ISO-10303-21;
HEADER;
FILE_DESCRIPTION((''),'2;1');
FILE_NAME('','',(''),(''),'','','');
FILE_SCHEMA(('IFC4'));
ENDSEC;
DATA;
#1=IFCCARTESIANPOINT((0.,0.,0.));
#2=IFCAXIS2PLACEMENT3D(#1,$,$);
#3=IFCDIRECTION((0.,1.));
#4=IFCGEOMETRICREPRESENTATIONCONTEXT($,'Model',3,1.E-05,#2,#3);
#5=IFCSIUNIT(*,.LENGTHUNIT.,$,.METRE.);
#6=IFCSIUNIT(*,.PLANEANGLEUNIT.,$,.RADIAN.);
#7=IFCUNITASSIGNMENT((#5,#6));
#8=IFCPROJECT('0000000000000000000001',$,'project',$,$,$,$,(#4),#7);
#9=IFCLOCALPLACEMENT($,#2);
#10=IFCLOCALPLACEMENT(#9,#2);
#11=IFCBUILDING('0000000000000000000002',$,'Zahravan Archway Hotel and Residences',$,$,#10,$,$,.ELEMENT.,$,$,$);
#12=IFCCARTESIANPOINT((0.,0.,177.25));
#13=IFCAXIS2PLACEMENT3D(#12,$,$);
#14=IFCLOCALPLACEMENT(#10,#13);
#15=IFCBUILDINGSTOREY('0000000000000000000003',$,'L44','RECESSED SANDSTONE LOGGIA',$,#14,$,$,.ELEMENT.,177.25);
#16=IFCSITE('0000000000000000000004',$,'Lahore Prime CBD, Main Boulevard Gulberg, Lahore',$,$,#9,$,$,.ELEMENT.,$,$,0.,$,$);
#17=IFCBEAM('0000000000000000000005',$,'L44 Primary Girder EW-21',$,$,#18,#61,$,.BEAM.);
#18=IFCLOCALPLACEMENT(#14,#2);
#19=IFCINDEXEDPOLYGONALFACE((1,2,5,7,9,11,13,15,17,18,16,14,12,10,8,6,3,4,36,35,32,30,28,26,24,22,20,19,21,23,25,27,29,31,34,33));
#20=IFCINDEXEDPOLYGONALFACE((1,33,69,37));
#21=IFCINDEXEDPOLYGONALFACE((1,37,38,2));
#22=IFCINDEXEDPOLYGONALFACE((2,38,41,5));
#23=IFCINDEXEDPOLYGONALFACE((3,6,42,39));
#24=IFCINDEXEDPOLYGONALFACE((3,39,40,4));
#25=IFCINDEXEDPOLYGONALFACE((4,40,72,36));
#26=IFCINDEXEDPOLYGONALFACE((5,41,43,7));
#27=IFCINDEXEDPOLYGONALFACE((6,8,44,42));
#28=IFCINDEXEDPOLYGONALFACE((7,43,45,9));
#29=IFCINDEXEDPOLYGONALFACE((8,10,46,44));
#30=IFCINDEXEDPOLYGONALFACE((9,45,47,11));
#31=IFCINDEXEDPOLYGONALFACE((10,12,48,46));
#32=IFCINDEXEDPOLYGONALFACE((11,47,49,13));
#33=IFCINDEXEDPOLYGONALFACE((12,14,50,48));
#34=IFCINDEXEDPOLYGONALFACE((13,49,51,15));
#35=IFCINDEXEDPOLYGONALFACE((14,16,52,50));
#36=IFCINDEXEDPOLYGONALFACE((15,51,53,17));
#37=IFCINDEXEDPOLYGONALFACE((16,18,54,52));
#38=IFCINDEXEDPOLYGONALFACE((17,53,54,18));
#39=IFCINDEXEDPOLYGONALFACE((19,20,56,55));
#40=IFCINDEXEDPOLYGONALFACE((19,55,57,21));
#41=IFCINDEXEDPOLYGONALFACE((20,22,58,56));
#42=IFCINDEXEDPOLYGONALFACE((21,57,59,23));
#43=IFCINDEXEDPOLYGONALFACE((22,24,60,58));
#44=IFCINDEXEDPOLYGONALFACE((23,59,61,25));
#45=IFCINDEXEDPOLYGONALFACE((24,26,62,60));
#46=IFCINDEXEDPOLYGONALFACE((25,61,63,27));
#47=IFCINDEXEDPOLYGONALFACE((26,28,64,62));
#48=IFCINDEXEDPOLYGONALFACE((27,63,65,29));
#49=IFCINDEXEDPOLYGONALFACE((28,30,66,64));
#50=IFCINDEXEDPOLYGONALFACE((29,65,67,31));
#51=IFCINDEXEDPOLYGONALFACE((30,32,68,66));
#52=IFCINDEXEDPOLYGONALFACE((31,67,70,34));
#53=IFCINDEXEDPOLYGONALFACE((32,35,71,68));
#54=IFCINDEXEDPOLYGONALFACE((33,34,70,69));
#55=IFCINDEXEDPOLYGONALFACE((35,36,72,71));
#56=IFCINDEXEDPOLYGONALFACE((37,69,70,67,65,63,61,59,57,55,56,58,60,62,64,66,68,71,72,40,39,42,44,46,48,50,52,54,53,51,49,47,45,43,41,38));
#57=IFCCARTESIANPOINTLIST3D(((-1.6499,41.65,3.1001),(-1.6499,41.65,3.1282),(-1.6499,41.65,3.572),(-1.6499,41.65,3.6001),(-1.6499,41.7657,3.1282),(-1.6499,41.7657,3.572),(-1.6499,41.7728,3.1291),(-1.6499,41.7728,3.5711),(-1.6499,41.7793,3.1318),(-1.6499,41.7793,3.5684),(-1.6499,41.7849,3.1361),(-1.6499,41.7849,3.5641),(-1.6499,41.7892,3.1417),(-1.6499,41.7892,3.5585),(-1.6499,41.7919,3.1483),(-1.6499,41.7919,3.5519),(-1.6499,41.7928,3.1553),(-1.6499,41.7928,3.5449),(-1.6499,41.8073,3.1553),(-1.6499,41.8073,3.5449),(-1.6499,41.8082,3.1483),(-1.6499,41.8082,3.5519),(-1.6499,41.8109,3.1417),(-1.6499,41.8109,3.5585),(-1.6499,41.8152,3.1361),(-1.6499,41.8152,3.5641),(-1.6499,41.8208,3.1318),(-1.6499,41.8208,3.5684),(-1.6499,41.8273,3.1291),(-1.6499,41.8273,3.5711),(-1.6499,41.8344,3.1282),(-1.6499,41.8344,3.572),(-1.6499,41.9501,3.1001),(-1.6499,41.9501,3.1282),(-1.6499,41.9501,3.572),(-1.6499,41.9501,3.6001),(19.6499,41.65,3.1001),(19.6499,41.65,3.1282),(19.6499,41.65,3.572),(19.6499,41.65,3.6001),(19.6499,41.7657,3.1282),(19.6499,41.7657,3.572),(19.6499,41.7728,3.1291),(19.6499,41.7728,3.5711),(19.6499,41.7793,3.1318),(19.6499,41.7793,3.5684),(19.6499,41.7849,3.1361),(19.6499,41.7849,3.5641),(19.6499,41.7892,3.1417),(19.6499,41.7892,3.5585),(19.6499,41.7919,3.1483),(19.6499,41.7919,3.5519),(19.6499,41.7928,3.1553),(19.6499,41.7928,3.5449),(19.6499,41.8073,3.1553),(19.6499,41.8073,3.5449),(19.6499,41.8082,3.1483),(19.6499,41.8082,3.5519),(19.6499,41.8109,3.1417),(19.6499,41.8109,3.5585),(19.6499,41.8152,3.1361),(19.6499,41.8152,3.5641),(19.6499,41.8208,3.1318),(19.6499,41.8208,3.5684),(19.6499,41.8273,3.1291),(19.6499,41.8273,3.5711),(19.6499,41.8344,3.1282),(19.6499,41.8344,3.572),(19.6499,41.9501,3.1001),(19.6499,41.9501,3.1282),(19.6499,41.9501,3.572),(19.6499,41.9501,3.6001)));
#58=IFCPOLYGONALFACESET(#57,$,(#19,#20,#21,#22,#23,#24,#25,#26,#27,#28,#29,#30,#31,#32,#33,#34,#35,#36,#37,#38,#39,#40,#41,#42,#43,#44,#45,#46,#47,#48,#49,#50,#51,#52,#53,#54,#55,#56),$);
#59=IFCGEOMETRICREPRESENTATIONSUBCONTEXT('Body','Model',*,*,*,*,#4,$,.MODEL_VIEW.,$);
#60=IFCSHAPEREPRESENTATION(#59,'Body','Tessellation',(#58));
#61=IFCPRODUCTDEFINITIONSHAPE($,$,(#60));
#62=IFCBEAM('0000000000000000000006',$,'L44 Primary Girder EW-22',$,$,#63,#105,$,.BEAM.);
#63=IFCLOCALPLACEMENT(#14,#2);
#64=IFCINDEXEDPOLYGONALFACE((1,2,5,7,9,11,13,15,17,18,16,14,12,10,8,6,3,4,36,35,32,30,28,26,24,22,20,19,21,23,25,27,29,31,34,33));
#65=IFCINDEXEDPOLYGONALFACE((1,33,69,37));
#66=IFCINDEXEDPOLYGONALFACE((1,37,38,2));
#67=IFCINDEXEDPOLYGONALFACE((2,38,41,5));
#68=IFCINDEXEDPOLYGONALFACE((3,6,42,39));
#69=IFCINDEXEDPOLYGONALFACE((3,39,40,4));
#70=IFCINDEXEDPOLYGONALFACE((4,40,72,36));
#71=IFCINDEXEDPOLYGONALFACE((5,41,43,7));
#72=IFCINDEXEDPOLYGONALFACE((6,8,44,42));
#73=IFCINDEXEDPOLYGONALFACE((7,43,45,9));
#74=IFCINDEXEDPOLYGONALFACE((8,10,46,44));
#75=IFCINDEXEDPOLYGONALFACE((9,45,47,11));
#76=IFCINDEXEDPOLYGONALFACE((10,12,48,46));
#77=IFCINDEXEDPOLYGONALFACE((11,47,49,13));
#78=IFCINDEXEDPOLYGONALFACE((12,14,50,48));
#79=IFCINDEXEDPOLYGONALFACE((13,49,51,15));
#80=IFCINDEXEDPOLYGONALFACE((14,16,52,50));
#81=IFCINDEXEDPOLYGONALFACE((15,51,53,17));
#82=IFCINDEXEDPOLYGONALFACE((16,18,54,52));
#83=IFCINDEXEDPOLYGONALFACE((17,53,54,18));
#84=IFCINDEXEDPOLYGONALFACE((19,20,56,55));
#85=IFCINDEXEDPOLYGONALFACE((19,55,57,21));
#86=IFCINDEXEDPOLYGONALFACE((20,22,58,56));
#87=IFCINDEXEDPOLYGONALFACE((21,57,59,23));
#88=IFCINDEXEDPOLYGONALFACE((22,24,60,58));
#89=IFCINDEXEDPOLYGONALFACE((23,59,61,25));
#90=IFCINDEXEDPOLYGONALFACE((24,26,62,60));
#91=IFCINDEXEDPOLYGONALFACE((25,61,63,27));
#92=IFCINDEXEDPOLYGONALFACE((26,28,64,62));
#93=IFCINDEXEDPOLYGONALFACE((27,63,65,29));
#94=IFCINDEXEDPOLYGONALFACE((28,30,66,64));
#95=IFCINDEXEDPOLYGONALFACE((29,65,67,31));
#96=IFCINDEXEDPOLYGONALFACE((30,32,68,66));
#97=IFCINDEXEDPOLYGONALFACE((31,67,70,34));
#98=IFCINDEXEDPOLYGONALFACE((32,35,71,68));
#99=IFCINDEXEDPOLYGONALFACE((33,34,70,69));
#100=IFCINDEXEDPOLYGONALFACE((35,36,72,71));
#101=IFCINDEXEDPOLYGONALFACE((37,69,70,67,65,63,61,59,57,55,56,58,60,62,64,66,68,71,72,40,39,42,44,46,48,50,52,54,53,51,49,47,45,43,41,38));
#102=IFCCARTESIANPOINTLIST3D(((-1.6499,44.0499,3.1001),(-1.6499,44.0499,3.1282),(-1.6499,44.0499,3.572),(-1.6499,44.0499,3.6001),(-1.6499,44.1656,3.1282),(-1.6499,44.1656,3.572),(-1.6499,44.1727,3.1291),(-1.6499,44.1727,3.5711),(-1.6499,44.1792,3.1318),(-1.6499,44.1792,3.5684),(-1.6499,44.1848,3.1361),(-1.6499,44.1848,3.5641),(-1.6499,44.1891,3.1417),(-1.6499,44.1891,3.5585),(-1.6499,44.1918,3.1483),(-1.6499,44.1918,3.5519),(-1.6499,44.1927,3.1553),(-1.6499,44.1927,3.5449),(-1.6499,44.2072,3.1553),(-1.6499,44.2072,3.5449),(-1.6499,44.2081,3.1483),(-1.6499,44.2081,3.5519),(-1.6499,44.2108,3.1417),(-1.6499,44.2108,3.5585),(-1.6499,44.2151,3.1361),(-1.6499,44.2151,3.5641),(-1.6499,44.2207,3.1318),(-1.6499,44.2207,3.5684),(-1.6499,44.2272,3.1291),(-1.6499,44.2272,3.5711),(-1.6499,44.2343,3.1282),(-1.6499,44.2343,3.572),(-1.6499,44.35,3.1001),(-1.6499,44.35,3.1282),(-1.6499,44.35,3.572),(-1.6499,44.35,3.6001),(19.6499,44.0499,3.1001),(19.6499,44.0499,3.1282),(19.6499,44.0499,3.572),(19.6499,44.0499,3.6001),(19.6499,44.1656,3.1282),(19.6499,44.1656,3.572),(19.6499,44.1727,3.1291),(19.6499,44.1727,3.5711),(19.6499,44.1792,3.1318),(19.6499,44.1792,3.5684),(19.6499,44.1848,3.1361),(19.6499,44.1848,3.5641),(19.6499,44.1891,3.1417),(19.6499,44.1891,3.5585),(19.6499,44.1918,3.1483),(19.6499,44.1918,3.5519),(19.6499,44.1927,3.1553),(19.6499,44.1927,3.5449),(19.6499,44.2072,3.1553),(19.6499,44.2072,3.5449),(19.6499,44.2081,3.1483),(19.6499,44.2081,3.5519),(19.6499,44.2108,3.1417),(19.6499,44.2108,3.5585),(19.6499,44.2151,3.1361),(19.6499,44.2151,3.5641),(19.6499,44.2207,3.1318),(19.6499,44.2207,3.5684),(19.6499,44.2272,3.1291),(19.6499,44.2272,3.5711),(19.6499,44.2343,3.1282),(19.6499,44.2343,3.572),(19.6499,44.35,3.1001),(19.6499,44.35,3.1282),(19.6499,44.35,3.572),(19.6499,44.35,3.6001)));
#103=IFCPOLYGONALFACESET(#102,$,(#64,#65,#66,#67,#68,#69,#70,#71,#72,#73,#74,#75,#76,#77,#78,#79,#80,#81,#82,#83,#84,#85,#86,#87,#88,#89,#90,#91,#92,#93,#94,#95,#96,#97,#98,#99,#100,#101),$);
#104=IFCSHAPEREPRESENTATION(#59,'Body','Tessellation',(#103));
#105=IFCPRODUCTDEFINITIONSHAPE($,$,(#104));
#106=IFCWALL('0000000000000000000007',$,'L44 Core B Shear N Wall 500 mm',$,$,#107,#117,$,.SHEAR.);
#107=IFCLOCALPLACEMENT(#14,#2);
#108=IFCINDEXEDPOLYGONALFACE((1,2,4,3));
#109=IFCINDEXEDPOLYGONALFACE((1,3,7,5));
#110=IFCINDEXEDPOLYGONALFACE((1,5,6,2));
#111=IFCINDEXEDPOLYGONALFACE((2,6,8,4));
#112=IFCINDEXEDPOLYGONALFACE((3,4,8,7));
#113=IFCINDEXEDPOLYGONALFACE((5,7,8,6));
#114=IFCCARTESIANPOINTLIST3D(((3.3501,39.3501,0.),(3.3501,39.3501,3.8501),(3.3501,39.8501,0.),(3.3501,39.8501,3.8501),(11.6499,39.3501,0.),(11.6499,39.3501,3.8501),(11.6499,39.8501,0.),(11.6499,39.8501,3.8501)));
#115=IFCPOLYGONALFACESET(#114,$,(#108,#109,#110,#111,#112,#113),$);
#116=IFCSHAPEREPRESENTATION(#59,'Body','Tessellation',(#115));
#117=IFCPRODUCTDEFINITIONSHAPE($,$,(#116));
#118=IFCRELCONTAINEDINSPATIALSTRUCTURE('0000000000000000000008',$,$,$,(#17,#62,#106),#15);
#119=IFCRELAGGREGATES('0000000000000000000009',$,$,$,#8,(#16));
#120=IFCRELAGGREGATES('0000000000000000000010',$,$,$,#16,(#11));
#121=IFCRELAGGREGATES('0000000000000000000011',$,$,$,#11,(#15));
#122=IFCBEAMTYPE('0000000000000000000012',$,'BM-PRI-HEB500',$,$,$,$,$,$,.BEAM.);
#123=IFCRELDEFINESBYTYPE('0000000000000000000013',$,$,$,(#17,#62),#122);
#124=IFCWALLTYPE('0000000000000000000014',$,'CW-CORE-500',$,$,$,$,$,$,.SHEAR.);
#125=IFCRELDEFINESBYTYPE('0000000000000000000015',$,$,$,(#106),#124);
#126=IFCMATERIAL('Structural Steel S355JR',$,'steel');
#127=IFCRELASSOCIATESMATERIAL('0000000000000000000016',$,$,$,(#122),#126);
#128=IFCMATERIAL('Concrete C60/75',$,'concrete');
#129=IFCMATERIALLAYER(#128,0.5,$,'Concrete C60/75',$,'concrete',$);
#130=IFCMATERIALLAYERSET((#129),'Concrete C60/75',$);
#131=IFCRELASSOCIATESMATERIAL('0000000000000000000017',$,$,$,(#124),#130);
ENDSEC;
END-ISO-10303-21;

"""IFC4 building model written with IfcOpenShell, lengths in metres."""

from ifc_helpers import new_model, si_unit, direction, frame, frame_2d, origin, origin_2d, place, context, subcontext, project, spatial, rectangle, i_section, extrude, source, transform, mapped, material, layer, layer_set, material_profile, profile_set, type_object, element, save


model = new_model("IFC4")

# Units and contexts
model_context = context("Model", 3, precision=1e-05, world=origin(), true_north=direction((0.0, 1.0)))
body_context = subcontext(model_context, "Body", "Model", "MODEL_VIEW")
ifc_project = project(units=[si_unit("LENGTHUNIT", "METRE"), si_unit("PLANEANGLEUNIT", "RADIAN")], contexts=[model_context])

# Site, building, storey
site_placement = place(None, origin())
site = spatial("IfcSite", under=ifc_project, at=site_placement, Name="Lahore Prime CBD, Main Boulevard Gulberg, Lahore", CompositionType="ELEMENT", RefElevation=0.0)
building_placement = place(site_placement, origin())
building = spatial("IfcBuilding", under=site, at=building_placement, Name="Zahravan Archway Hotel and Residences", CompositionType="ELEMENT")
storey_placement = place(building_placement, frame((0.0, 0.0, 177.25)))
storey = spatial("IfcBuildingStorey", under=building, at=storey_placement, Name="L44", Description="RECESSED SANDSTONE LOGGIA", CompositionType="ELEMENT", Elevation=177.25)

# Shared definitions
ifc_material_1 = material(Name="Concrete C60/75", Category="concrete")

# Beams
ifc_material_2 = material(Name="Structural Steel S355JR", Category="steel")
ifc_material_profile_1 = material_profile(ifc_material_2, i_section(OverallWidth=0.3, OverallDepth=0.5, WebThickness=0.0144, FlangeThickness=0.0281, FilletRadius=0.0271, at=origin_2d()), Name="HEB 500", Category="steel")
ifc_profile_set_1 = profile_set([ifc_material_profile_1], Name="Structural Steel S355JR")
beam_type_1 = type_object("IfcBeamType", Name="BM-PRI-HEB500", PredefinedType="BEAM", material=ifc_profile_set_1)
shared_shape_1 = source(origin(), body_context, "Body", "SweptSolid", [
    extrude(i_section(OverallWidth=0.3, OverallDepth=0.5, WebThickness=0.0144, FlangeThickness=0.0281, FilletRadius=0.0271, at=origin_2d()), origin(), (0.0, 0.0, 1.0), 21.2998),
])
for number, where, z_axis, x_axis, name in (
    (1, (-1.6499, 41.8, 3.3501), (1.0, 0.0, 0.0), (0.0, 1.0, 0.0), "L44 Primary Girder EW-21"),
    (2, (-1.6499, 44.2, 3.3501), (1.0, 0.0, 0.0), (0.0, 1.0, 0.0), "L44 Primary Girder EW-22"),
):
    element("IfcBeam", number, at=place(storey_placement, frame(where, z_axis=z_axis, x_axis=x_axis)), inside=storey, type_object=beam_type_1, Name=name, PredefinedType="BEAM", context=body_context, shape_type="MappedRepresentation", body=[
        mapped(shared_shape_1, transform((0.0, 0.0, 0.0), scale=1.0)),
    ])

# Wall
ifc_layer_1 = layer(ifc_material_1, 0.5, Name="Concrete C60/75", Category="concrete")
ifc_layer_set_1 = layer_set([ifc_layer_1], Name="Concrete C60/75")
wall_type_1 = type_object("IfcWallType", Name="CW-CORE-500", PredefinedType="SHEAR", material=ifc_layer_set_1)
wall_1_placement = place(storey_placement, frame((3.3501, 39.6001, 0.0), z_axis=(0.0, 0.0, 1.0), x_axis=(1.0, 0.0, 0.0)))
element("IfcWall", 3, at=wall_1_placement, inside=storey, type_object=wall_type_1, Name="L44 Core B Shear N Wall 500 mm", PredefinedType="SHEAR", context=body_context, shape_type="SweptSolid", body=[
    extrude(rectangle(XDim=8.2998, YDim=0.5, at=frame_2d((4.1499, 0.0))), origin(), (0.0, 0.0, 1.0), 3.8501),
])

save(model, "model.ifc")
